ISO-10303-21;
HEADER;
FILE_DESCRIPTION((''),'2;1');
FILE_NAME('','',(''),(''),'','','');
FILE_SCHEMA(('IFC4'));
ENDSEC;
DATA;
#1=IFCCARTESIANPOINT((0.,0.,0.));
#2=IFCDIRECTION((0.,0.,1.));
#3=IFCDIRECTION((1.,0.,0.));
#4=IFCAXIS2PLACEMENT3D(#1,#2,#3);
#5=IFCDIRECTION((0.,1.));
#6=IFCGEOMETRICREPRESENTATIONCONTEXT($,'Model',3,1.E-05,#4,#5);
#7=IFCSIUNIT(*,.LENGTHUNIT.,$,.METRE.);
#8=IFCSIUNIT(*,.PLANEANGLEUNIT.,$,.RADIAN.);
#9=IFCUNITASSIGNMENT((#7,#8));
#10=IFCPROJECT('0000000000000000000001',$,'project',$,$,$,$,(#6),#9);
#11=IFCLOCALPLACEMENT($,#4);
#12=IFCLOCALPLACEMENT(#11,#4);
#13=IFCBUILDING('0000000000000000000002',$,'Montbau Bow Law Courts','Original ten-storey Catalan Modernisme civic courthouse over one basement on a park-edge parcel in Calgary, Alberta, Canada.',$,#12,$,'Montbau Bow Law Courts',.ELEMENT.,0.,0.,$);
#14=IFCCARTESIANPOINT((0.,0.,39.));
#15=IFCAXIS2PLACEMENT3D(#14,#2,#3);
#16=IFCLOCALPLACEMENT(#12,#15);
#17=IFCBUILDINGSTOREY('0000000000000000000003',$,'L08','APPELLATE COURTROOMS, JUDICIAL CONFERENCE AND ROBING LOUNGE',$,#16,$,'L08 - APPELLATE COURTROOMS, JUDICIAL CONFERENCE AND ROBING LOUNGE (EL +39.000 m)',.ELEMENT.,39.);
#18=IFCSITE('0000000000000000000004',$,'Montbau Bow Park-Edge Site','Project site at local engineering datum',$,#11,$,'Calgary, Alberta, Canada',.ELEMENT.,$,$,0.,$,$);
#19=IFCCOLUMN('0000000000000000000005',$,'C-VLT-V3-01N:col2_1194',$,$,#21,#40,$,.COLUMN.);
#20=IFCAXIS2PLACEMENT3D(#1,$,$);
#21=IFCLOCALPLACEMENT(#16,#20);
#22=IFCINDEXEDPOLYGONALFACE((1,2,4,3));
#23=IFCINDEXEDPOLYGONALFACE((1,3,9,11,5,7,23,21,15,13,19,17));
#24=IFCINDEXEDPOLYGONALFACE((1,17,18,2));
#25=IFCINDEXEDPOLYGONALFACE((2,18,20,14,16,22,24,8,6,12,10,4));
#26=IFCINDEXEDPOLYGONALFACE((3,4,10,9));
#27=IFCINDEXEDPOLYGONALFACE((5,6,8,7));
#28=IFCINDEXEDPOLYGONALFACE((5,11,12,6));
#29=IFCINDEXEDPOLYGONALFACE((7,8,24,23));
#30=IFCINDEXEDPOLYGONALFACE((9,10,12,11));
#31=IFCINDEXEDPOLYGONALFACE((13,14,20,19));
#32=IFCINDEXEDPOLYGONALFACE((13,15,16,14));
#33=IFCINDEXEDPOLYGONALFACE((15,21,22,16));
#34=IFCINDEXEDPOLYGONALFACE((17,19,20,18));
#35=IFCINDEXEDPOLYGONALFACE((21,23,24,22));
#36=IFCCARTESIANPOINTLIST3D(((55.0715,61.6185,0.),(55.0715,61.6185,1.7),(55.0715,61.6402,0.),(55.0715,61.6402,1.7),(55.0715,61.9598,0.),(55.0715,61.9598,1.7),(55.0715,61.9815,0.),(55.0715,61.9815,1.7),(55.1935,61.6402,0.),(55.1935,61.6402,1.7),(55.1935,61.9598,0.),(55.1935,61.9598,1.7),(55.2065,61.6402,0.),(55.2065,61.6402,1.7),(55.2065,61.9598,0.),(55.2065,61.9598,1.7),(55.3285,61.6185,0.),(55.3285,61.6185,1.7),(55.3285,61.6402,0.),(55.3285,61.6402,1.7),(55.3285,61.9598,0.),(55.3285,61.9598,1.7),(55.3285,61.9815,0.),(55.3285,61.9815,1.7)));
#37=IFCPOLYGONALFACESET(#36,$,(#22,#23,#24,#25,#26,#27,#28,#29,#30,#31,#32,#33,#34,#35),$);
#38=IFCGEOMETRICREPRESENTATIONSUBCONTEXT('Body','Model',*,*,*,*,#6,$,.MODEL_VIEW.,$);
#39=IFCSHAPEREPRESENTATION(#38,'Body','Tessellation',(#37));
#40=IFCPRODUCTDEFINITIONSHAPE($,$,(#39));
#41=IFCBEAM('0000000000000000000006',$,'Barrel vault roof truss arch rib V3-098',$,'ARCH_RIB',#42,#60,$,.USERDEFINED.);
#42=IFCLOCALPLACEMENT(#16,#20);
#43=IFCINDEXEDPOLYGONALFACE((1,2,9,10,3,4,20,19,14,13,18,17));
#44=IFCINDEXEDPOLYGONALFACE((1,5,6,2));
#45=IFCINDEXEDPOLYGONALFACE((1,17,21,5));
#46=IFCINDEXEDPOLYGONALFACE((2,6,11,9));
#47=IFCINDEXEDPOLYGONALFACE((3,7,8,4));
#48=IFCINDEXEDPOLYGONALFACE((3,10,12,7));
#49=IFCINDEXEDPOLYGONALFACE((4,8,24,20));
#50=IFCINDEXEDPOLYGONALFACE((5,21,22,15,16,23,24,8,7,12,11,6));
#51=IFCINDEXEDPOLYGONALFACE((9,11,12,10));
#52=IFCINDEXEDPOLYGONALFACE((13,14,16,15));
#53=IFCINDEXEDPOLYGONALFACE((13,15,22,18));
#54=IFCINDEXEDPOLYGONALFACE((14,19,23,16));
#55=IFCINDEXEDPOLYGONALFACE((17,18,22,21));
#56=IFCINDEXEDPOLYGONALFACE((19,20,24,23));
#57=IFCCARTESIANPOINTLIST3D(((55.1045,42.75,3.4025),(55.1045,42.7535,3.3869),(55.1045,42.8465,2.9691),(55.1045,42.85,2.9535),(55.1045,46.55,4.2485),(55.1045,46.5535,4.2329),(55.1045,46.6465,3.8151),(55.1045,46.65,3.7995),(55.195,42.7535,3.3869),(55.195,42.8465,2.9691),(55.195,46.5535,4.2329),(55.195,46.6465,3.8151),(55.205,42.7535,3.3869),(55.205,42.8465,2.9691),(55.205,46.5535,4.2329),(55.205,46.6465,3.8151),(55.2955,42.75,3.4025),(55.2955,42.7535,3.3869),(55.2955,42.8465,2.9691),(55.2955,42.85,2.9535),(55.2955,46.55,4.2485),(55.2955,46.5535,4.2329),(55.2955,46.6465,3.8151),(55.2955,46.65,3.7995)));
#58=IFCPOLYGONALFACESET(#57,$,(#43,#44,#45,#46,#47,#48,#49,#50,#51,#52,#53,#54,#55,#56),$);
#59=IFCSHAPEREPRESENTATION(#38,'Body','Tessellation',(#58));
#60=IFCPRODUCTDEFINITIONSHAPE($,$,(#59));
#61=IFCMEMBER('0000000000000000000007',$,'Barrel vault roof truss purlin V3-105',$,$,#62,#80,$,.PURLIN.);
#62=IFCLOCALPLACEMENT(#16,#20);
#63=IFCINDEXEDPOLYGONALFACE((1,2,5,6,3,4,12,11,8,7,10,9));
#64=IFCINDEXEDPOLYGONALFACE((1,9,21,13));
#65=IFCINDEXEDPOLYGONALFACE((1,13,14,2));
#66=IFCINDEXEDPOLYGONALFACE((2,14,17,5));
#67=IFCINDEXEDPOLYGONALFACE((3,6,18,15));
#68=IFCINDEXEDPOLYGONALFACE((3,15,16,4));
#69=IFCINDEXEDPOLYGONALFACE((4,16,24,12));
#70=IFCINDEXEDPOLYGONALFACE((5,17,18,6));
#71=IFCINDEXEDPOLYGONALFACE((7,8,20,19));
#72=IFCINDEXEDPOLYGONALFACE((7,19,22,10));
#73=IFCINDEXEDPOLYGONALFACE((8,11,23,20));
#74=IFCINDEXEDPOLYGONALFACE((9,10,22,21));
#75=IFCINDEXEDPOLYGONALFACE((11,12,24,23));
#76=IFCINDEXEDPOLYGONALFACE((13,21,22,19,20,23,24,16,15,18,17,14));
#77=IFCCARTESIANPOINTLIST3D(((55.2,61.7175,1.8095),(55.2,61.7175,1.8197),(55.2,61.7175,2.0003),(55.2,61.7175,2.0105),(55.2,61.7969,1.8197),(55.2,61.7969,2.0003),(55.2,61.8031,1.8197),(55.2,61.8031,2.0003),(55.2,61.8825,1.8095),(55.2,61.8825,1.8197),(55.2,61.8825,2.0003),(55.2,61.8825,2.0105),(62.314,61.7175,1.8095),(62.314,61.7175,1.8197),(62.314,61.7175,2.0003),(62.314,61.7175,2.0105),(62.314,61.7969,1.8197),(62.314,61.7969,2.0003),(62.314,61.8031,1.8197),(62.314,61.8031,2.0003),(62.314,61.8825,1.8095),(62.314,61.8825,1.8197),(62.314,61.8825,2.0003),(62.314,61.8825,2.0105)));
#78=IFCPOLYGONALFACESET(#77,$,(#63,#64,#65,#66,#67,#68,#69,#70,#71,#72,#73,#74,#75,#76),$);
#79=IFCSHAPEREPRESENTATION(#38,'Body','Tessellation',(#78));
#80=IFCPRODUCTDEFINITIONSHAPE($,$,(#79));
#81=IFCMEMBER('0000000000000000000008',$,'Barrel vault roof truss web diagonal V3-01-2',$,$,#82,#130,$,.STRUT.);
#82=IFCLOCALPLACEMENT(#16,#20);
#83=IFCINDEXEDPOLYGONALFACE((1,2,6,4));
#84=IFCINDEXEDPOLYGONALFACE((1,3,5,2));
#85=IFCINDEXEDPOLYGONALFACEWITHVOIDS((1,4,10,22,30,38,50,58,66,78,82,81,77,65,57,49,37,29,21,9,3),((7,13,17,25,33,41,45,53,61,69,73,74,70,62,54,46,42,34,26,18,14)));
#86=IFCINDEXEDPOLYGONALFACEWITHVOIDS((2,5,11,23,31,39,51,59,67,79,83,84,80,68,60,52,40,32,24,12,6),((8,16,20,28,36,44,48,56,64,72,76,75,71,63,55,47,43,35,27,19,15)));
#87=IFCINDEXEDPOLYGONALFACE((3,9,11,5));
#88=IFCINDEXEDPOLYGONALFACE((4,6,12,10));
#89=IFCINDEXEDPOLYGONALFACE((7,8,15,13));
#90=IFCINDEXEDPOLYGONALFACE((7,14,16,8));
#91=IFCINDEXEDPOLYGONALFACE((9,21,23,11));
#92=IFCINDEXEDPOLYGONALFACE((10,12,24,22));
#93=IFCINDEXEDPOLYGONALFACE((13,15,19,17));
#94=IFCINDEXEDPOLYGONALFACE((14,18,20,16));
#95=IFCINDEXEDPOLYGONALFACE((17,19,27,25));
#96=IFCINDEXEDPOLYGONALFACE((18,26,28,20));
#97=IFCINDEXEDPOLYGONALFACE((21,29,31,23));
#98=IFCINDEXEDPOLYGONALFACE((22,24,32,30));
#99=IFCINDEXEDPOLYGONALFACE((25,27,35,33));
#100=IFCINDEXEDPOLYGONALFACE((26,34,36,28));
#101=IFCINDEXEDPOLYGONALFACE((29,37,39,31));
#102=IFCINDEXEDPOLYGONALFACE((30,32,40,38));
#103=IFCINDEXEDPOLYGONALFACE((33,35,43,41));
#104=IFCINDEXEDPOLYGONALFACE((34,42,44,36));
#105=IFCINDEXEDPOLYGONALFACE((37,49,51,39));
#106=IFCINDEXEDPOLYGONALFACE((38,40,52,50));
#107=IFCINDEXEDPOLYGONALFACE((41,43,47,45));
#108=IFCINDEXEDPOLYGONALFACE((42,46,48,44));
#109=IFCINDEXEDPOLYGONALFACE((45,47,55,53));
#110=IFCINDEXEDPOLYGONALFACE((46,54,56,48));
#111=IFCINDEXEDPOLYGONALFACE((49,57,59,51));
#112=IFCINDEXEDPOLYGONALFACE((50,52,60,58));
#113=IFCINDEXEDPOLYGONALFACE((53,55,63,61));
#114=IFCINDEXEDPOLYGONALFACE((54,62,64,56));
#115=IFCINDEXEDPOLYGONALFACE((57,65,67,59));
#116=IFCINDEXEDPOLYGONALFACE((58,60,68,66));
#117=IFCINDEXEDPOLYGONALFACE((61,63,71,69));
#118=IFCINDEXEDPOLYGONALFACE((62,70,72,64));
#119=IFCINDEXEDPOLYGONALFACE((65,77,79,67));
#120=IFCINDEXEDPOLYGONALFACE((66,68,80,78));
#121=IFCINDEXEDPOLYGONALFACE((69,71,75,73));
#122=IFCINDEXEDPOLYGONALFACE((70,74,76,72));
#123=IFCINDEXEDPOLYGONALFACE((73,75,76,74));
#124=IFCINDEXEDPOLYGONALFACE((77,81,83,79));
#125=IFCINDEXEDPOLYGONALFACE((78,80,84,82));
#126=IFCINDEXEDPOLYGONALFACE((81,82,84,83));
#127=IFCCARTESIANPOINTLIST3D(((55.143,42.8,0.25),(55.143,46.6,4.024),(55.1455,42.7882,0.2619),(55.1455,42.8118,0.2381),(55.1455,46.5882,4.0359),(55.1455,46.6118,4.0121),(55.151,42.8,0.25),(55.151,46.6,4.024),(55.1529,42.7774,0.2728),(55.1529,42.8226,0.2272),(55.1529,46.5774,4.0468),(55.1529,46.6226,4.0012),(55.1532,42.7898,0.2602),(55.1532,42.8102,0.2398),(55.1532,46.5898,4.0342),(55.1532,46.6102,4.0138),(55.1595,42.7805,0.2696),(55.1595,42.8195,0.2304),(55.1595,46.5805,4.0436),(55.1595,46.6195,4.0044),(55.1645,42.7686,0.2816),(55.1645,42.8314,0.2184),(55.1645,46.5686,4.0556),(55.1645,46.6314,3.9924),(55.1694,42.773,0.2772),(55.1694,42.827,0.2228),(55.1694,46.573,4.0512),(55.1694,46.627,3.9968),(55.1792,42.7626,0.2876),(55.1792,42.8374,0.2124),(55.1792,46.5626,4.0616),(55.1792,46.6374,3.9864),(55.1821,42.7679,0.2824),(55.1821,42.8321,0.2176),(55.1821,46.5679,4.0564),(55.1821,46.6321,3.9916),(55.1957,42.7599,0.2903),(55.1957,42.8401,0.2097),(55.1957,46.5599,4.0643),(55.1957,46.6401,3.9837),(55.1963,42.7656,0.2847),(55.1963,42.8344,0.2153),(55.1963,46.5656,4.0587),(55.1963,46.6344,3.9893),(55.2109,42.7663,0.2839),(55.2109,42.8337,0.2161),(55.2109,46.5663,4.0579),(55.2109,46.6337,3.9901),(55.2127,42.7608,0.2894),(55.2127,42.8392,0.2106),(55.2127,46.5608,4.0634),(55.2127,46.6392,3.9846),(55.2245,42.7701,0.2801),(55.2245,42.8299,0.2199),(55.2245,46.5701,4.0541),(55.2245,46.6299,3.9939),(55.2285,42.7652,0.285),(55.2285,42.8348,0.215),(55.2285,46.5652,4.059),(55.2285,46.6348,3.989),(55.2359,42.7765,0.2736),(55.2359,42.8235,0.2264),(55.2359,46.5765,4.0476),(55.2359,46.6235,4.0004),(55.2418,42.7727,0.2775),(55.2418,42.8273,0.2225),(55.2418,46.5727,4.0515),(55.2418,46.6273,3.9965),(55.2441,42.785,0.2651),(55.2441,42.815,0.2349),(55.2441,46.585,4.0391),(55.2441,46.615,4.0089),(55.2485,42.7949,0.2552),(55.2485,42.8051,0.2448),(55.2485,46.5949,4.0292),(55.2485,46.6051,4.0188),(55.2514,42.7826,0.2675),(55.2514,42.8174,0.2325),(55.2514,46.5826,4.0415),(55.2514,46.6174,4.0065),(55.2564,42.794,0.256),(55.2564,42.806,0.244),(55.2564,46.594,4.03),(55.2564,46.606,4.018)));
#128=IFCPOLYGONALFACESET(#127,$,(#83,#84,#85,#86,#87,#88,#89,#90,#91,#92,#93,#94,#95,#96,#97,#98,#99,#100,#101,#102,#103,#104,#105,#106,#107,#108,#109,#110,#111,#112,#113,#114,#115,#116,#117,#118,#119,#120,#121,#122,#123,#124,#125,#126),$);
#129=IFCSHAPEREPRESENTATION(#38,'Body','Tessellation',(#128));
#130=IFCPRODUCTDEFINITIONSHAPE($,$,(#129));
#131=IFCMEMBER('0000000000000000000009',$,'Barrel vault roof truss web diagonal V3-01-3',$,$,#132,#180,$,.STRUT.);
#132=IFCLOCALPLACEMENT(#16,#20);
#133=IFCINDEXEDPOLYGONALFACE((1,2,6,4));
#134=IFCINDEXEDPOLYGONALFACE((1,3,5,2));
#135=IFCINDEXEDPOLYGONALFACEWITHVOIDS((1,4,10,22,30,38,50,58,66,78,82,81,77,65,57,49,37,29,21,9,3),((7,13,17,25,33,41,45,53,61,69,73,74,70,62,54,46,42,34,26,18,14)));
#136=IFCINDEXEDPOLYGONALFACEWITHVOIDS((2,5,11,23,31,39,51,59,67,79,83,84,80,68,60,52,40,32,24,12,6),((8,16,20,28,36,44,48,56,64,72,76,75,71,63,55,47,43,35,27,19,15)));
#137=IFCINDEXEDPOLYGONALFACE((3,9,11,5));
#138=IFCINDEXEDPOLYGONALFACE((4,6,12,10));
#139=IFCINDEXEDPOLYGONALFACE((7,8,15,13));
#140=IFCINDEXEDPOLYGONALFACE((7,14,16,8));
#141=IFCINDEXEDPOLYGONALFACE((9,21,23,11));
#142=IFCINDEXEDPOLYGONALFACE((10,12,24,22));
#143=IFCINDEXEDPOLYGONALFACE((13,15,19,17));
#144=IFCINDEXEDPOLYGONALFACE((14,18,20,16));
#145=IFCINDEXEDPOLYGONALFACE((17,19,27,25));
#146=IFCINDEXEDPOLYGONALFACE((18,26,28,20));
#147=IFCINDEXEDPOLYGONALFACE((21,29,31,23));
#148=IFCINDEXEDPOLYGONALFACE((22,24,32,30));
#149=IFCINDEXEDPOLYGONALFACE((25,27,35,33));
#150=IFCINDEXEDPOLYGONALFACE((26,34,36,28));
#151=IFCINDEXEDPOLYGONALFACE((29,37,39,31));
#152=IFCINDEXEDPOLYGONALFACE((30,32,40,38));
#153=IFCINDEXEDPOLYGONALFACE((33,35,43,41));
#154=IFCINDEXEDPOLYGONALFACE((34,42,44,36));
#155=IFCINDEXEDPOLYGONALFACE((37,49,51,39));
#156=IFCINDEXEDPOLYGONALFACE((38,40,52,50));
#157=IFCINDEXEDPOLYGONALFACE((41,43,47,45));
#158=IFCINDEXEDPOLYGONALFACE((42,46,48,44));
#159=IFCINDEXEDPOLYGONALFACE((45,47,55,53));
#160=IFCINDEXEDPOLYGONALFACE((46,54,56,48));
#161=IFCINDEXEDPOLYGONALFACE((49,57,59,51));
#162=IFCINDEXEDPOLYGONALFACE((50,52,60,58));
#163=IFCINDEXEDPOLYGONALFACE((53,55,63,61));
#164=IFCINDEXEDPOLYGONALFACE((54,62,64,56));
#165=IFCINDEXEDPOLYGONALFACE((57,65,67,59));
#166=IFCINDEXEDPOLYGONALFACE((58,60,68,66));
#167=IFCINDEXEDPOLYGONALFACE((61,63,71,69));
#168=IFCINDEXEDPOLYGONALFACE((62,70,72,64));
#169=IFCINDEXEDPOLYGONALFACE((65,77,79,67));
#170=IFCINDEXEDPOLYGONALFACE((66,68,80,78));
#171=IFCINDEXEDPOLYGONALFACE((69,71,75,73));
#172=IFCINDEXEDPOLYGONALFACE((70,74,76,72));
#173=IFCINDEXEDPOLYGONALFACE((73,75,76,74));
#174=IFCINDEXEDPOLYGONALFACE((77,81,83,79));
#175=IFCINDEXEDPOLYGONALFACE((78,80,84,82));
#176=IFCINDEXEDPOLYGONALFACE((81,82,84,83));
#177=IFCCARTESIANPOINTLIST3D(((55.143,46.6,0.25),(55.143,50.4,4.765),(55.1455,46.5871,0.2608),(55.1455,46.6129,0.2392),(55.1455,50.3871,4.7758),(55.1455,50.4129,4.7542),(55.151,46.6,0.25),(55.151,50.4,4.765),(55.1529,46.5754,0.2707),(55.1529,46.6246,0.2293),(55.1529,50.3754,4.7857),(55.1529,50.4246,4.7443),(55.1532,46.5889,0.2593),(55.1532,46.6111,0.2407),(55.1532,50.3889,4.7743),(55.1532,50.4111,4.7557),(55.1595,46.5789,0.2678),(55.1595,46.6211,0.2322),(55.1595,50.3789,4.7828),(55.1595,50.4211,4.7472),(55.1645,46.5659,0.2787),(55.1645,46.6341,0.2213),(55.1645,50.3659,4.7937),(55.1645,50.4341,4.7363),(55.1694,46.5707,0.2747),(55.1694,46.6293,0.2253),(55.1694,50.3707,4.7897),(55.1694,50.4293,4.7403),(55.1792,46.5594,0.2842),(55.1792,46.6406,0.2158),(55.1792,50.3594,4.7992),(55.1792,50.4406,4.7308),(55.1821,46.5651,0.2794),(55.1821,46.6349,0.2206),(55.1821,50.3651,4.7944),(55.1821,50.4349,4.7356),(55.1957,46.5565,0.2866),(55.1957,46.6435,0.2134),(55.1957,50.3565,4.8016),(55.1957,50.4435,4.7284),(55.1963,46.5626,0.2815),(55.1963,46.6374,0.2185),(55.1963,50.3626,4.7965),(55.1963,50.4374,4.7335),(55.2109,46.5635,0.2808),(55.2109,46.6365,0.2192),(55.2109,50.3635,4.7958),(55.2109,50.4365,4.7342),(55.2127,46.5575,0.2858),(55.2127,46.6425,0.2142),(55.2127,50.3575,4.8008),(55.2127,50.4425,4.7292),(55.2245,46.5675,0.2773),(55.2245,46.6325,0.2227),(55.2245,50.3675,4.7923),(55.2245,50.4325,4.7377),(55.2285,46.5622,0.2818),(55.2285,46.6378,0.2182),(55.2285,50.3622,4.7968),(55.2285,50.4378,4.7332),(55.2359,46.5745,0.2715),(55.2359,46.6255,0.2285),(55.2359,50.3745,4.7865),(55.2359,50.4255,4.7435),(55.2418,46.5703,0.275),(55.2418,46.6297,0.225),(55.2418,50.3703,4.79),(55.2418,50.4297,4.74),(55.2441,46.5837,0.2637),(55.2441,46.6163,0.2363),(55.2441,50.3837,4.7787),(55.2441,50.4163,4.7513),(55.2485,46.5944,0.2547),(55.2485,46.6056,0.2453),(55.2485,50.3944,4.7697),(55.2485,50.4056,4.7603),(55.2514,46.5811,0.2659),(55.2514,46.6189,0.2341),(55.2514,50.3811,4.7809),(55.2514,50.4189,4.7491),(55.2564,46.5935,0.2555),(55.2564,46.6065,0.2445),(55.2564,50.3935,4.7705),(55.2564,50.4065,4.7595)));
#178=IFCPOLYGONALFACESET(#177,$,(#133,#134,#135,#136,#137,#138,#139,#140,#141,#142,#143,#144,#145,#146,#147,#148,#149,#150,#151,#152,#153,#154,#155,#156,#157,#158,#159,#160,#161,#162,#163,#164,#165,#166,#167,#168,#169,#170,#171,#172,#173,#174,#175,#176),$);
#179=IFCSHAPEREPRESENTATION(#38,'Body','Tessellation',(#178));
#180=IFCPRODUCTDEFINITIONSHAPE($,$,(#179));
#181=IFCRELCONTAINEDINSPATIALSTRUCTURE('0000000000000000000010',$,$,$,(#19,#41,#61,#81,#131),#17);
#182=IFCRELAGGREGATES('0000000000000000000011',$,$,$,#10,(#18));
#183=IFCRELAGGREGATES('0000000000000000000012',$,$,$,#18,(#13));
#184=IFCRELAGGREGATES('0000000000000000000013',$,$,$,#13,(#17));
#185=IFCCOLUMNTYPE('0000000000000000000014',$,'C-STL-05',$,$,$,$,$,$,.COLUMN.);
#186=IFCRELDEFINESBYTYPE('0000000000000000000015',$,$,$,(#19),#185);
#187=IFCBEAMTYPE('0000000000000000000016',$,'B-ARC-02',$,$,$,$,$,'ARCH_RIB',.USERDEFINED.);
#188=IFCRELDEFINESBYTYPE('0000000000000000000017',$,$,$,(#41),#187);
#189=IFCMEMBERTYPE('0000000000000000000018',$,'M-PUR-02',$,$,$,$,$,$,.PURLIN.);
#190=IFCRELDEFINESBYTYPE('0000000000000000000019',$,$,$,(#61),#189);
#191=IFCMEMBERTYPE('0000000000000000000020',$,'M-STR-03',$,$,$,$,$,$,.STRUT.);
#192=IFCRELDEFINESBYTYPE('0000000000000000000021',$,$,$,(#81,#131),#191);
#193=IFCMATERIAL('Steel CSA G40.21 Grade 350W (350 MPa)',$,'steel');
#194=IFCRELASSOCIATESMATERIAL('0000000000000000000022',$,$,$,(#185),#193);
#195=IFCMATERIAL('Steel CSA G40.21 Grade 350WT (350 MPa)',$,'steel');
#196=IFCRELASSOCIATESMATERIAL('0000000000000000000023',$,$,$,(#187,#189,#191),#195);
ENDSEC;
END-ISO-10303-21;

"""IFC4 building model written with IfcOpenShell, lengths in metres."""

from ifc_helpers import new_model, si_unit, direction, frame, origin_with_axes, origin_2d_with_axis, place, context, subcontext, project, spatial, hollow_circle, i_section, extrude, material, material_profile, profile_set, type_object, element, save


model = new_model("IFC4")

# Units and contexts
model_context = context("Model", 3, precision=1e-05, world=origin_with_axes(), true_north=direction((0.0, 1.0)))
body_context = subcontext(model_context, "Body", "Model", "MODEL_VIEW")
ifc_project = project(units=[si_unit("LENGTHUNIT", "METRE"), si_unit("PLANEANGLEUNIT", "RADIAN")], contexts=[model_context])

# Site, building, storey
site_placement = place(None, origin_with_axes())
site = spatial("IfcSite", under=ifc_project, at=site_placement, Name="Montbau Bow Park-Edge Site", Description="Project site at local engineering datum", LongName="Calgary, Alberta, Canada", CompositionType="ELEMENT", RefElevation=0.0)
building_placement = place(site_placement, origin_with_axes())
building = spatial("IfcBuilding", under=site, at=building_placement, Name="Montbau Bow Law Courts", Description="Original ten-storey Catalan Modernisme civic courthouse over one basement on a park-edge parcel in Calgary, Alberta, Canada.", LongName="Montbau Bow Law Courts", CompositionType="ELEMENT", ElevationOfRefHeight=0.0, ElevationOfTerrain=0.0)
storey_placement = place(building_placement, frame((0.0, 0.0, 39.0), z_axis=(0.0, 0.0, 1.0), x_axis=(1.0, 0.0, 0.0)))
storey = spatial("IfcBuildingStorey", under=building, at=storey_placement, Name="L08", Description="APPELLATE COURTROOMS, JUDICIAL CONFERENCE AND ROBING LOUNGE", LongName="L08 - APPELLATE COURTROOMS, JUDICIAL CONFERENCE AND ROBING LOUNGE (EL +39.000 m)", CompositionType="ELEMENT", Elevation=39.0)

# Column
ifc_material_1 = material(Name="Steel CSA G40.21 Grade 350W (350 MPa)", Category="steel")
ifc_material_profile_1 = material_profile(ifc_material_1, i_section(OverallWidth=0.257, OverallDepth=0.363, WebThickness=0.013, FlangeThickness=0.0217, at=origin_2d_with_axis()), Name="W360X122", Category="Main", Priority=0)
ifc_profile_set_1 = profile_set([ifc_material_profile_1], Name="Steel CSA G40.21 Grade 350W (350 MPa)")
column_type = type_object("IfcColumnType", Name="C-STL-05", PredefinedType="COLUMN", material=ifc_profile_set_1)
column_placement = place(None, frame((55.2, 61.8, 39.0), z_axis=(0.0, 0.0, 1.0), x_axis=(1.0, 0.0, 0.0)))
element("IfcColumn", 1, at=column_placement, inside=storey, type_object=column_type, Name="C-VLT-V3-01N:col2_1194", PredefinedType="COLUMN", context=body_context, shape_type="SweptSolid", body=[
    extrude(i_section(OverallWidth=0.257, OverallDepth=0.363, WebThickness=0.013, FlangeThickness=0.0217, at=origin_2d_with_axis()), origin_with_axes(), (0.0, 0.0, 1.0), 1.7),
])

# Beam
ifc_material_2 = material(Name="Steel CSA G40.21 Grade 350WT (350 MPa)", Category="steel")
ifc_material_profile_2 = material_profile(ifc_material_2, i_section(OverallWidth=0.191, OverallDepth=0.46, WebThickness=0.0099, FlangeThickness=0.016, at=origin_2d_with_axis()), Name="W460X82", Category="Main", Priority=0)
ifc_profile_set_2 = profile_set([ifc_material_profile_2], Name="Steel CSA G40.21 Grade 350WT (350 MPa)")
beam_type = type_object("IfcBeamType", Name="B-ARC-02", ElementType="ARCH_RIB", PredefinedType="USERDEFINED", material=ifc_profile_set_2)
beam_placement = place(None, frame((55.2, 42.8, 42.178), z_axis=(0.0, 0.976102, 0.217311), x_axis=(-1.0, 0.0, 0.0)))
element("IfcBeam", 2, at=beam_placement, inside=storey, type_object=beam_type, Name="Barrel vault roof truss arch rib V3-098", ObjectType="ARCH_RIB", PredefinedType="USERDEFINED", context=body_context, shape_type="SweptSolid", body=[
    extrude(i_section(OverallWidth=0.191, OverallDepth=0.46, WebThickness=0.0099, FlangeThickness=0.016, at=origin_2d_with_axis()), origin_with_axes(), (0.0, 0.0, 1.0), 3.893),
])

# Members
ifc_material_profile_3 = material_profile(ifc_material_2, i_section(OverallWidth=0.165, OverallDepth=0.201, WebThickness=0.0062, FlangeThickness=0.0102, at=origin_2d_with_axis()), Name="W200X36", Category="Main", Priority=0)
ifc_profile_set_3 = profile_set([ifc_material_profile_3], Name="Steel CSA G40.21 Grade 350WT (350 MPa)")
member_type_1 = type_object("IfcMemberType", Name="M-PUR-02", PredefinedType="PURLIN", material=ifc_profile_set_3)
member_1_placement = place(None, frame((55.2, 61.8, 40.91), z_axis=(1.0, 0.0, 0.0), x_axis=(0.0, 1.0, 0.0)))
element("IfcMember", 3, at=member_1_placement, inside=storey, type_object=member_type_1, Name="Barrel vault roof truss purlin V3-105", PredefinedType="PURLIN", context=body_context, shape_type="SweptSolid", body=[
    extrude(i_section(OverallWidth=0.165, OverallDepth=0.201, WebThickness=0.0062, FlangeThickness=0.0102, at=origin_2d_with_axis()), origin_with_axes(), (0.0, 0.0, 1.0), 7.114),
])
ifc_material_profile_4 = material_profile(ifc_material_2, hollow_circle(Radius=0.057, WallThickness=0.008, at=origin_2d_with_axis()), Name="HSS114X8.0", Category="Main", Priority=0)
ifc_profile_set_4 = profile_set([ifc_material_profile_4], Name="Steel CSA G40.21 Grade 350WT (350 MPa)")
member_type_2 = type_object("IfcMemberType", Name="M-STR-03", PredefinedType="STRUT", material=ifc_profile_set_4)
member_2_placement = place(None, frame((55.2, 42.8, 39.25), z_axis=(0.0, 0.70953, 0.704675), x_axis=(-1.0, 0.0, 0.0)))
element("IfcMember", 4, at=member_2_placement, inside=storey, type_object=member_type_2, Name="Barrel vault roof truss web diagonal V3-01-2", PredefinedType="STRUT", context=body_context, shape_type="SweptSolid", body=[
    extrude(hollow_circle(Radius=0.057, WallThickness=0.008, at=origin_2d_with_axis()), origin_with_axes(), (0.0, 0.0, 1.0), 5.3557),
])
member_3_placement = place(None, frame((55.2, 46.6, 39.25), z_axis=(0.0, 0.643927, 0.765087), x_axis=(-1.0, 0.0, 0.0)))
element("IfcMember", 5, at=member_3_placement, inside=storey, type_object=member_type_2, Name="Barrel vault roof truss web diagonal V3-01-3", PredefinedType="STRUT", context=body_context, shape_type="SweptSolid", body=[
    extrude(hollow_circle(Radius=0.057, WallThickness=0.008, at=origin_2d_with_axis()), origin_with_axes(), (0.0, 0.0, 1.0), 5.9013),
])

save(model, "model.ifc")
